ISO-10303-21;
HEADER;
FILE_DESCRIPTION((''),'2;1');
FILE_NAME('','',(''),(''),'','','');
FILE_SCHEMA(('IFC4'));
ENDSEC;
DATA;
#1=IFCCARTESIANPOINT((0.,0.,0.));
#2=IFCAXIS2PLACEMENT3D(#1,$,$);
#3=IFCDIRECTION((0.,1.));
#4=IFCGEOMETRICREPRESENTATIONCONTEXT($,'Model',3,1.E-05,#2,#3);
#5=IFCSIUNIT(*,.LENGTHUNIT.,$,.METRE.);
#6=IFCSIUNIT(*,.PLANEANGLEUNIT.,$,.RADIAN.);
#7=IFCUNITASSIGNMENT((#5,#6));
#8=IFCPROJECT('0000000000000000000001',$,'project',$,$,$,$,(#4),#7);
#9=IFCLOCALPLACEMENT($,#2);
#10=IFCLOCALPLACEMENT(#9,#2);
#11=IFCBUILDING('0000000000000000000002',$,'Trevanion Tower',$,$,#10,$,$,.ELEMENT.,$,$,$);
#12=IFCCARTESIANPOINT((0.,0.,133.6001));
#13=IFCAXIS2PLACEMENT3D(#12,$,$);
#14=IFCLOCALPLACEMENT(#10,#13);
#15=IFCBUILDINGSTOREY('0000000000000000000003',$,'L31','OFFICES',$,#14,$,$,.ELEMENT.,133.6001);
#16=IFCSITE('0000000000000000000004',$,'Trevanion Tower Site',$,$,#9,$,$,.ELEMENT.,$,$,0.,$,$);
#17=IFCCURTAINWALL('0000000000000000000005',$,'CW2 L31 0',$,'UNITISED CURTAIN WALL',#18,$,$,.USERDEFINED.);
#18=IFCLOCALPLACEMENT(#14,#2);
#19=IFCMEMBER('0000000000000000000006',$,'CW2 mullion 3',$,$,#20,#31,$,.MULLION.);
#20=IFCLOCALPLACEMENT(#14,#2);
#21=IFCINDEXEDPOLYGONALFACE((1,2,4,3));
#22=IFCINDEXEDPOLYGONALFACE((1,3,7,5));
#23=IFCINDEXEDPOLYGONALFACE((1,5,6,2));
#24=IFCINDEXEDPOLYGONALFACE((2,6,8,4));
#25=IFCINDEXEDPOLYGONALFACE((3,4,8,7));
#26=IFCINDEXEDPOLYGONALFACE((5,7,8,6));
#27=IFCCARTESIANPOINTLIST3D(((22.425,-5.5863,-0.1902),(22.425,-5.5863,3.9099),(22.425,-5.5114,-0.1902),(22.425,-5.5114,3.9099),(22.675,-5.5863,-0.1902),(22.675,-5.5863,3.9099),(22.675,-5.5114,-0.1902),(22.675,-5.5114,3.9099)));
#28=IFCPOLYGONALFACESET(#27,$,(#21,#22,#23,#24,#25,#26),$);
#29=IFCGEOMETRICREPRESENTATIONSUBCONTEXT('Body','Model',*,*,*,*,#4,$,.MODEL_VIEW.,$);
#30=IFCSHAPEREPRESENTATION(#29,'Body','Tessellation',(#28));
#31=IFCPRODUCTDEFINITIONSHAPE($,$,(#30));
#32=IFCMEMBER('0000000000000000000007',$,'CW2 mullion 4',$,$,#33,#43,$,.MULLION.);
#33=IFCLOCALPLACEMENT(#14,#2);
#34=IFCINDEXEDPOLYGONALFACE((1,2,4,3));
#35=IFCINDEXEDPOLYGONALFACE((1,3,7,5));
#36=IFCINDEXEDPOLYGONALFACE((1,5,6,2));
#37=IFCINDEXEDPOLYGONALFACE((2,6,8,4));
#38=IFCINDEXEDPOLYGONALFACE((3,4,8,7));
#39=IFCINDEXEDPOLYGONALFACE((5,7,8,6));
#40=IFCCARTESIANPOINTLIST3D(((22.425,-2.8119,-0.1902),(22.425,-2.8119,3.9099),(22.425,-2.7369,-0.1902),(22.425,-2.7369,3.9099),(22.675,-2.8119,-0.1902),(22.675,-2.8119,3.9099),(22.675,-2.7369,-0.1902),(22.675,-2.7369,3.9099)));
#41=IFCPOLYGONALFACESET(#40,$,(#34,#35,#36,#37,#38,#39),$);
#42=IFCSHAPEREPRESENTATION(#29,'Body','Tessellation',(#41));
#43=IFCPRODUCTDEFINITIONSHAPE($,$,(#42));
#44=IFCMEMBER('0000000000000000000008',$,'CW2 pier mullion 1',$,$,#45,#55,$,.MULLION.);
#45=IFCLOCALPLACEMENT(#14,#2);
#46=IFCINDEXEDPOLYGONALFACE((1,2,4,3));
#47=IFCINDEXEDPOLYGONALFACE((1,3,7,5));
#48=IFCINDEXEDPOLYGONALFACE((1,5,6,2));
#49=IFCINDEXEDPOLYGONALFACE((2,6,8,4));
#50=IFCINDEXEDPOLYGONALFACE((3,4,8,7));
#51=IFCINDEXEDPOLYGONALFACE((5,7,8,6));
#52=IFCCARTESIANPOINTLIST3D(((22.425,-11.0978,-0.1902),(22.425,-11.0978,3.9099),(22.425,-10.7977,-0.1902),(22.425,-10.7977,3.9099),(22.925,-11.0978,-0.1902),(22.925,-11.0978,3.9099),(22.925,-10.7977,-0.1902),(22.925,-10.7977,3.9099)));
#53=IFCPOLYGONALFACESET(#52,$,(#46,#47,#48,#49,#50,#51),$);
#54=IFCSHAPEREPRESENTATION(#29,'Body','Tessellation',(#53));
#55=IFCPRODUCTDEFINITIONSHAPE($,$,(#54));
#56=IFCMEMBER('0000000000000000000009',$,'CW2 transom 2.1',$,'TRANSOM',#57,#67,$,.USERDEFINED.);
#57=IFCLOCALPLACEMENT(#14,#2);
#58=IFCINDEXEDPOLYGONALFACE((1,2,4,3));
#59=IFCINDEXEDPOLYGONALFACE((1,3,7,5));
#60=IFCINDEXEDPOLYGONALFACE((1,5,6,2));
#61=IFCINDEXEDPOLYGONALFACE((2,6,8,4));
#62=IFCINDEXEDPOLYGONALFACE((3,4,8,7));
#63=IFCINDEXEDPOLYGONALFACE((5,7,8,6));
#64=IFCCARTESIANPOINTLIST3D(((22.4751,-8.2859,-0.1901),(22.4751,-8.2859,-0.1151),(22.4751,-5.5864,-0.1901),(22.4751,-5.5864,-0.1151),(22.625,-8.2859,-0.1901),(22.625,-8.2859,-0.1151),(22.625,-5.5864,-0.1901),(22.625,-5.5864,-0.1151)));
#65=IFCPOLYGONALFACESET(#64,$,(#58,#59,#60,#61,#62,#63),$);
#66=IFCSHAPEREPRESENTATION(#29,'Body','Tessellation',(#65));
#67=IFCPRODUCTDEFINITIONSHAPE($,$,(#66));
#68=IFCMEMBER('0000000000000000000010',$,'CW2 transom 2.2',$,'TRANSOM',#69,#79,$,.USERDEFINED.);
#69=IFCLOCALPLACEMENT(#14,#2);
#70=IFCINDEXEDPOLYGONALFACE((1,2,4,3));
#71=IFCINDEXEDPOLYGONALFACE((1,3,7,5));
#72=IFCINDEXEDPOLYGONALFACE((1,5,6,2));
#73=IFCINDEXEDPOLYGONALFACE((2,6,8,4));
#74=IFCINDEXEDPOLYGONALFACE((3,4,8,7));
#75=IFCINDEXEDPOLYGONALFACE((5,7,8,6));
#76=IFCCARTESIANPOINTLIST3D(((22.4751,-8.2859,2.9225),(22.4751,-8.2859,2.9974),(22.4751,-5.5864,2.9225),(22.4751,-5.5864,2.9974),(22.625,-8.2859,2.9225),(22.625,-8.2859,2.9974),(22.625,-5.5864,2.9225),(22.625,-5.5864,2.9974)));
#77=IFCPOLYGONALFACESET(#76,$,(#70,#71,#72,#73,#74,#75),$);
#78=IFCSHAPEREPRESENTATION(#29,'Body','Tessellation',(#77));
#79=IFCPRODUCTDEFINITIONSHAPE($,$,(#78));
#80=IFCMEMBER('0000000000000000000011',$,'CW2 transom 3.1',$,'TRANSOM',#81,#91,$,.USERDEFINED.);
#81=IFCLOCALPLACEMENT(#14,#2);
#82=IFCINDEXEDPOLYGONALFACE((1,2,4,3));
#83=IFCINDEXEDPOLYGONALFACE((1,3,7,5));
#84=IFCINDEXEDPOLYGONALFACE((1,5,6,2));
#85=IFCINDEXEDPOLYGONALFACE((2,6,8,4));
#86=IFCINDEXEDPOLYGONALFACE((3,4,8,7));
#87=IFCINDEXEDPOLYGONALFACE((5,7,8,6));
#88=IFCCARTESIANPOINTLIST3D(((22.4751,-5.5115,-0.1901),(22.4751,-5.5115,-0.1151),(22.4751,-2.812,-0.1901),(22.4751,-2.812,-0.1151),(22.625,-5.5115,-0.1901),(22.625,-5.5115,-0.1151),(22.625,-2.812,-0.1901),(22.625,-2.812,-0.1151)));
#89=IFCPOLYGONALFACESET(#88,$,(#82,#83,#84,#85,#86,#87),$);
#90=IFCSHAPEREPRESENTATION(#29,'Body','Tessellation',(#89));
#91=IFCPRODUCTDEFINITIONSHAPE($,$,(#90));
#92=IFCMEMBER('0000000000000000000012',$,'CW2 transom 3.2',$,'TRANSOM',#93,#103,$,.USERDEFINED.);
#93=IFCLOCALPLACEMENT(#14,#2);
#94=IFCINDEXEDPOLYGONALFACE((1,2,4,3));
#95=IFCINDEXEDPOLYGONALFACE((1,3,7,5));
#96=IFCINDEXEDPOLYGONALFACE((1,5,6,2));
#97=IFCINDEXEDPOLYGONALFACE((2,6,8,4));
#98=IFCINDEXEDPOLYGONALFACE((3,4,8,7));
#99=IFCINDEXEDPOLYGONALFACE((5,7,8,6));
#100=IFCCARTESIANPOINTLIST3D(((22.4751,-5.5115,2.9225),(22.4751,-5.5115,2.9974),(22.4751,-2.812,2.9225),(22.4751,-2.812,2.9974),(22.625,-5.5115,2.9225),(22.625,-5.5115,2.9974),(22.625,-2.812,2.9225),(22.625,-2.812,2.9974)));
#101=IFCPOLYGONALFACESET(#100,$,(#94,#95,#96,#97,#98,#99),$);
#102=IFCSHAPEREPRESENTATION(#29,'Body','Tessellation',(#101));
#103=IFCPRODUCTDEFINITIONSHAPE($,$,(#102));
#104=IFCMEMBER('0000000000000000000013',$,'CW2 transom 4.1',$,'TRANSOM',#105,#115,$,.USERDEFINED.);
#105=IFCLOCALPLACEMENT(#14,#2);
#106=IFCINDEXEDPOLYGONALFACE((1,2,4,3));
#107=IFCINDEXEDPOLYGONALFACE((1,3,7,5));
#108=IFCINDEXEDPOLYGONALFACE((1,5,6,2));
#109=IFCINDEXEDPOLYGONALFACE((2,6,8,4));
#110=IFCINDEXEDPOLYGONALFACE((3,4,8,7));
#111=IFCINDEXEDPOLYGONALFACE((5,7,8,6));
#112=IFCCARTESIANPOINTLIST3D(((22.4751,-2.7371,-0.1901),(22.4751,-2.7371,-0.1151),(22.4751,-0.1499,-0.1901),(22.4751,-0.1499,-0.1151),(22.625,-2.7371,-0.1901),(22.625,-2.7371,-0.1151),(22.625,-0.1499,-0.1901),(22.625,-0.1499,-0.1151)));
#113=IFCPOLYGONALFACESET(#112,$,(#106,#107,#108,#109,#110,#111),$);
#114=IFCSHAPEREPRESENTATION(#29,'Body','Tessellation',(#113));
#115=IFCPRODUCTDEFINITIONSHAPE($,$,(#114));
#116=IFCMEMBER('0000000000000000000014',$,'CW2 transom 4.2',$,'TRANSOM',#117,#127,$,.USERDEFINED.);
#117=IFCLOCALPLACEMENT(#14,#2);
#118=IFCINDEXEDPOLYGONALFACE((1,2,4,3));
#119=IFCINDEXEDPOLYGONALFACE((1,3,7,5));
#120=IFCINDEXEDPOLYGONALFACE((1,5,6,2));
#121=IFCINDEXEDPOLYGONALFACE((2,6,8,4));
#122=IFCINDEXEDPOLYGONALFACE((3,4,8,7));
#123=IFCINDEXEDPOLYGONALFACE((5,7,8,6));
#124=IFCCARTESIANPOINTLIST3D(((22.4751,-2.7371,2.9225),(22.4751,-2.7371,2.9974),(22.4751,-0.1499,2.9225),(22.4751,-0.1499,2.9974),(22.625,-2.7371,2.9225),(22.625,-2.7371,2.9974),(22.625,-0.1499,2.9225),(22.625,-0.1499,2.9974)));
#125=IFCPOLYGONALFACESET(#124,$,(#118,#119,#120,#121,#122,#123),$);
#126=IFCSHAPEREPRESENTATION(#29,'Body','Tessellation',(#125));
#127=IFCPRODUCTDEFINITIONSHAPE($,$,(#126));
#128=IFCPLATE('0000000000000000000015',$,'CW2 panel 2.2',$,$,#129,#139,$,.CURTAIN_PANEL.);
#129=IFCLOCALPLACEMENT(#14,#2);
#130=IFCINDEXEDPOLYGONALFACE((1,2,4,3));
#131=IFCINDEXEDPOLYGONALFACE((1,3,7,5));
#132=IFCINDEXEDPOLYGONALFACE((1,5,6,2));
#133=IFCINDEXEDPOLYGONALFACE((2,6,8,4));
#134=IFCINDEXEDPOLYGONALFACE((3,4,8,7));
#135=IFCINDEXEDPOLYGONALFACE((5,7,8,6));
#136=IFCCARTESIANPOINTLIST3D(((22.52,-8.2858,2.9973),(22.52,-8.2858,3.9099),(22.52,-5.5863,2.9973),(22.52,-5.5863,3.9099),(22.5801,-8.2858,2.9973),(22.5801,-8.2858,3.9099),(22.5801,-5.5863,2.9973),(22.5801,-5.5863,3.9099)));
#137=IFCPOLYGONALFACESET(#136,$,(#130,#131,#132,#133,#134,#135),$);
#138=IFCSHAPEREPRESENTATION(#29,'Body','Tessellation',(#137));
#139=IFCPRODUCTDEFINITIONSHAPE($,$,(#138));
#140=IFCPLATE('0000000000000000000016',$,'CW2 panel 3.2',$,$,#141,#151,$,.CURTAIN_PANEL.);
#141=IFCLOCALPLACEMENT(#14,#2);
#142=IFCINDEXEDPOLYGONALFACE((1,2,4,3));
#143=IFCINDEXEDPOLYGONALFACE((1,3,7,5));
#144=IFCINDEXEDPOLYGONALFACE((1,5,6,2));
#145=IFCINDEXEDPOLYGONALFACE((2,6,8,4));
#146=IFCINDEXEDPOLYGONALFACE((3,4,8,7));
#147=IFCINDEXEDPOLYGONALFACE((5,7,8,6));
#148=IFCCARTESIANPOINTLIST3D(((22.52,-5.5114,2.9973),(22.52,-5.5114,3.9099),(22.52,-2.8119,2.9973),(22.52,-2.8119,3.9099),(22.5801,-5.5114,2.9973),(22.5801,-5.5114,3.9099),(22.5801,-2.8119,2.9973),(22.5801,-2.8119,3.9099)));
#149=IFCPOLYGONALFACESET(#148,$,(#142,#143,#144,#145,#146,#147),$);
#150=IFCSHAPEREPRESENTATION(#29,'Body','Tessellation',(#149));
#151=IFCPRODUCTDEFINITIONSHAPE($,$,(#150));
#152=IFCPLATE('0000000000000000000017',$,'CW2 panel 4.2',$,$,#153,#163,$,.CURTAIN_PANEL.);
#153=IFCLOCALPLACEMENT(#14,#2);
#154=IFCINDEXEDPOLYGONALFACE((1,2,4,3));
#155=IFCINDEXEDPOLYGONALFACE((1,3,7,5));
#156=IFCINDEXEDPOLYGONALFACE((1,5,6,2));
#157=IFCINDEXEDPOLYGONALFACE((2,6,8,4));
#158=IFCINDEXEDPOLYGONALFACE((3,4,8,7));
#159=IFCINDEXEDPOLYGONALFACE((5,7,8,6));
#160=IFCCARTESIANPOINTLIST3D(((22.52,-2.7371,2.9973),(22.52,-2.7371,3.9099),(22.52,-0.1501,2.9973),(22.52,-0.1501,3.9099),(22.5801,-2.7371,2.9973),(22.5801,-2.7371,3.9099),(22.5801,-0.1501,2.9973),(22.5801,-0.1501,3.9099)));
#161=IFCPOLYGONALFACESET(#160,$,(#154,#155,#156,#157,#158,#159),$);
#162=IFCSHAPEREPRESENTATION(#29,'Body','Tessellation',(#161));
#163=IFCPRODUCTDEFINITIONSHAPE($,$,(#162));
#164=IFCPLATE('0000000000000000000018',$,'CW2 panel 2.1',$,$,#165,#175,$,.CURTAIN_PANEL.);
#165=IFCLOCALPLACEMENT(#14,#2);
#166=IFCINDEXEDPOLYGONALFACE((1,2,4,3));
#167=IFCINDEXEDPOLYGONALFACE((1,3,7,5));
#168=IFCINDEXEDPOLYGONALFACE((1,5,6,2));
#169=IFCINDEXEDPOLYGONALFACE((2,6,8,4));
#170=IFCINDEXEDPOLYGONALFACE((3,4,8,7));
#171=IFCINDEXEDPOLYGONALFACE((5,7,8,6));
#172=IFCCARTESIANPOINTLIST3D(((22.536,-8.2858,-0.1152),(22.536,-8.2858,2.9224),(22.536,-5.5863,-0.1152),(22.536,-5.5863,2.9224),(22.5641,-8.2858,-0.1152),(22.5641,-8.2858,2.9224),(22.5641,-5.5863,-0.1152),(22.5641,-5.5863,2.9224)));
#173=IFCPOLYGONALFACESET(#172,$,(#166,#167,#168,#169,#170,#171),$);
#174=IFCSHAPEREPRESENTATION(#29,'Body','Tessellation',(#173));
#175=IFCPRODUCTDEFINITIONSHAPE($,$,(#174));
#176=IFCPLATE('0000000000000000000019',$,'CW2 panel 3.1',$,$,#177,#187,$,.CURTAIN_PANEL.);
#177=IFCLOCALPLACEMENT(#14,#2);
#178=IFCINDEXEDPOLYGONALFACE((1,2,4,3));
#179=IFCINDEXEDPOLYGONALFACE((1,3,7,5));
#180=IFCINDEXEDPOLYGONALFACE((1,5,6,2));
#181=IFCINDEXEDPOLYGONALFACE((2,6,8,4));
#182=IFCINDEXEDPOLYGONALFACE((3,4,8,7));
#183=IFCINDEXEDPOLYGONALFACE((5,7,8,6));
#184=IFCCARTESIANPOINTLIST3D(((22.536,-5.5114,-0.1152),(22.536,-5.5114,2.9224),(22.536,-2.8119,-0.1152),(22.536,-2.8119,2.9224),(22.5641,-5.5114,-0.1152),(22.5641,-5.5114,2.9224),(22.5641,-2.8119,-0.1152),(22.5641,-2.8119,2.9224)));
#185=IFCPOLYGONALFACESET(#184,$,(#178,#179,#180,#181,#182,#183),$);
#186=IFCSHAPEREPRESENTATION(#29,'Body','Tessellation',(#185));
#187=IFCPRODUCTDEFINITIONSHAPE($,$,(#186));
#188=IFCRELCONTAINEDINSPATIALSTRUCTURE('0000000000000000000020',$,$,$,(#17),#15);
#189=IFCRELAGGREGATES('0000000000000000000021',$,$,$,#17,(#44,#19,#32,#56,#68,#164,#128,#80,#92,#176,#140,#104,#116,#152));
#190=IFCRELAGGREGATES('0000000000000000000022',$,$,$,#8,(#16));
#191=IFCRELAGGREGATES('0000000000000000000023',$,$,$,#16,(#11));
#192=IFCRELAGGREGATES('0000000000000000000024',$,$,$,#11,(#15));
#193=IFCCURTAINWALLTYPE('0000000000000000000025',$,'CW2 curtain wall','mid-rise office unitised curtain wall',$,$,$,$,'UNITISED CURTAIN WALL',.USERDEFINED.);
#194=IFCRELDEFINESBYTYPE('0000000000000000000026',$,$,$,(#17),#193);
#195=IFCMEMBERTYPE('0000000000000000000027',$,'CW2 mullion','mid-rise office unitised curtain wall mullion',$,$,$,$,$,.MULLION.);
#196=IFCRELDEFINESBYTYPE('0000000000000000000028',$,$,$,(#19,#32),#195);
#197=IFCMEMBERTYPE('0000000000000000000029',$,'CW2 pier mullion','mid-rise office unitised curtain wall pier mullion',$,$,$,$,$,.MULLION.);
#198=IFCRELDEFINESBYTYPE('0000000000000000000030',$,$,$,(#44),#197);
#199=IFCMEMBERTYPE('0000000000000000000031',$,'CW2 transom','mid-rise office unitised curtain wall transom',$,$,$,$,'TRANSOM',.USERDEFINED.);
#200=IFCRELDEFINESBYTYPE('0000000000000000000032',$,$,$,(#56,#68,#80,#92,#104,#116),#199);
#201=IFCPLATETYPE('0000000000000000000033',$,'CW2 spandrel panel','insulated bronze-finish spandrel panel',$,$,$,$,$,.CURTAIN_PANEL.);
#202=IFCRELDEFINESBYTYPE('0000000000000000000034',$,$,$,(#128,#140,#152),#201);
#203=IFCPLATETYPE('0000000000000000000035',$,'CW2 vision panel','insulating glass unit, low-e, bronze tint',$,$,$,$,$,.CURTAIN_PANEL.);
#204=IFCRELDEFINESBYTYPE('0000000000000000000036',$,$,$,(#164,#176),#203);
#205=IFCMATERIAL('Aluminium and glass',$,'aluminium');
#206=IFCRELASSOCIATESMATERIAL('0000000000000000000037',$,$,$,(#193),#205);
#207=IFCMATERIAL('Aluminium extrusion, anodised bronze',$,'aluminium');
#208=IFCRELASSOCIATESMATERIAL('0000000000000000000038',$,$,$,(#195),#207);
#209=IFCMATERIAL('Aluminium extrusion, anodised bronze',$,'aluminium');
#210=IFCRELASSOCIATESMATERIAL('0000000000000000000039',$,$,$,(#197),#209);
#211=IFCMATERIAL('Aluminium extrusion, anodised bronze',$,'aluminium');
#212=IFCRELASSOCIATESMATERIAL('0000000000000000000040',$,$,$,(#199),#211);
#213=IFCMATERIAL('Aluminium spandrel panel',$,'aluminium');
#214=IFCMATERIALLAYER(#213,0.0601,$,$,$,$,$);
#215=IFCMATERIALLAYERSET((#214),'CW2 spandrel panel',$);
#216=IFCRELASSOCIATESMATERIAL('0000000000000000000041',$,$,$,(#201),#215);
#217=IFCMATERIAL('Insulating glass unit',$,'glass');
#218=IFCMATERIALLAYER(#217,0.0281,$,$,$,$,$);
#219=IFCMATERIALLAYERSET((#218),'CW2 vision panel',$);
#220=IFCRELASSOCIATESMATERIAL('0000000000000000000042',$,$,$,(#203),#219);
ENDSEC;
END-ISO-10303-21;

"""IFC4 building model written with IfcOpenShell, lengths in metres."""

from ifc_helpers import new_model, si_unit, direction, frame, origin, origin_2d, place, context, subcontext, project, spatial, rectangle, extrude, material, layer, layer_set, material_profile, profile_set, type_object, element, aggregate, save


model = new_model("IFC4")

# Units and contexts
model_context = context("Model", 3, precision=1e-05, world=origin(), true_north=direction((0.0, 1.0)))
body_context = subcontext(model_context, "Body", "Model", "MODEL_VIEW")
ifc_project = project(units=[si_unit("LENGTHUNIT", "METRE"), si_unit("PLANEANGLEUNIT", "RADIAN")], contexts=[model_context])

# Site, building, storey
site_placement = place(None, origin())
site = spatial("IfcSite", under=ifc_project, at=site_placement, Name="Trevanion Tower Site", CompositionType="ELEMENT", RefElevation=0.0)
building_placement = place(site_placement, origin())
building = spatial("IfcBuilding", under=site, at=building_placement, Name="Trevanion Tower", CompositionType="ELEMENT")
storey_placement = place(building_placement, frame((0.0, 0.0, 133.6001)))
storey = spatial("IfcBuildingStorey", under=building, at=storey_placement, Name="L31", Description="OFFICES", CompositionType="ELEMENT", Elevation=133.6001)

# Curtain wall, members, plates
ifc_material_1 = material(Name="Aluminium and glass", Category="aluminium")
curtain_wall_type = type_object("IfcCurtainWallType", Name="CW2 curtain wall", Description="mid-rise office unitised curtain wall", ElementType="UNITISED CURTAIN WALL", PredefinedType="USERDEFINED", material=ifc_material_1)
curtain_wall_placement = place(storey_placement, origin())
curtain_wall = element("IfcCurtainWall", 1, at=curtain_wall_placement, inside=storey, type_object=curtain_wall_type, Name="CW2 L31 0", ObjectType="UNITISED CURTAIN WALL", PredefinedType="USERDEFINED")
ifc_material_2 = material(Name="Aluminium extrusion, anodised bronze", Category="aluminium")
ifc_material_profile_1 = material_profile(ifc_material_2, rectangle(XDim=0.075, YDim=0.25, at=origin_2d()), Name="CW2 mullion")
ifc_profile_set_1 = profile_set([ifc_material_profile_1], Name="Aluminium extrusion, anodised bronze")
member_type_1 = type_object("IfcMemberType", Name="CW2 mullion", Description="mid-rise office unitised curtain wall mullion", PredefinedType="MULLION", material=ifc_profile_set_1)
member_1_placement = place(storey_placement, frame((22.55, -5.5488, -0.1902), z_axis=(0.0, 0.0, 1.0), x_axis=(0.0, 1.0, 0.0)))
member_1 = element("IfcMember", 2, at=member_1_placement, type_object=member_type_1, Name="CW2 mullion 3", PredefinedType="MULLION", context=body_context, shape_type="SweptSolid", body=[
    extrude(rectangle(XDim=0.075, YDim=0.25, at=origin_2d()), origin(), (0.0, 0.0, 1.0), 4.1001),
])
member_2_placement = place(storey_placement, frame((22.55, -2.7744, -0.1902), z_axis=(0.0, 0.0, 1.0), x_axis=(0.0, 1.0, 0.0)))
member_2 = element("IfcMember", 3, at=member_2_placement, type_object=member_type_1, Name="CW2 mullion 4", PredefinedType="MULLION", context=body_context, shape_type="SweptSolid", body=[
    extrude(rectangle(XDim=0.075, YDim=0.25, at=origin_2d()), origin(), (0.0, 0.0, 1.0), 4.1001),
])
ifc_material_3 = material(Name="Aluminium extrusion, anodised bronze", Category="aluminium")
ifc_material_profile_2 = material_profile(ifc_material_3, rectangle(XDim=0.3, YDim=0.5, at=origin_2d()), Name="CW2 pier mullion")
ifc_profile_set_2 = profile_set([ifc_material_profile_2], Name="Aluminium extrusion, anodised bronze")
member_type_2 = type_object("IfcMemberType", Name="CW2 pier mullion", Description="mid-rise office unitised curtain wall pier mullion", PredefinedType="MULLION", material=ifc_profile_set_2)
member_3_placement = place(storey_placement, frame((22.675, -10.9478, -0.1902), z_axis=(0.0, 0.0, 1.0), x_axis=(0.0, 1.0, 0.0)))
member_3 = element("IfcMember", 4, at=member_3_placement, type_object=member_type_2, Name="CW2 pier mullion 1", PredefinedType="MULLION", context=body_context, shape_type="SweptSolid", body=[
    extrude(rectangle(XDim=0.3, YDim=0.5, at=origin_2d()), origin(), (0.0, 0.0, 1.0), 4.1001),
])
ifc_material_4 = material(Name="Aluminium extrusion, anodised bronze", Category="aluminium")
ifc_material_profile_3 = material_profile(ifc_material_4, rectangle(XDim=0.1499, YDim=0.075, at=origin_2d()), Name="CW2 transom")
ifc_profile_set_3 = profile_set([ifc_material_profile_3], Name="Aluminium extrusion, anodised bronze")
member_type_3 = type_object("IfcMemberType", Name="CW2 transom", Description="mid-rise office unitised curtain wall transom", ElementType="TRANSOM", PredefinedType="USERDEFINED", material=ifc_profile_set_3)
member_4_placement = place(storey_placement, frame((22.55, -8.2859, -0.1526), z_axis=(0.0, 1.0, 0.0), x_axis=(-1.0, 0.0, 0.0)))
member_4 = element("IfcMember", 5, at=member_4_placement, type_object=member_type_3, Name="CW2 transom 2.1", ObjectType="TRANSOM", PredefinedType="USERDEFINED", context=body_context, shape_type="SweptSolid", body=[
    extrude(rectangle(XDim=0.1499, YDim=0.075, at=origin_2d()), origin(), (0.0, 0.0, 1.0), 2.6995),
])
member_5_placement = place(storey_placement, frame((22.55, -8.2859, 2.96), z_axis=(0.0, 1.0, 0.0), x_axis=(-1.0, 0.0, 0.0)))
member_5 = element("IfcMember", 6, at=member_5_placement, type_object=member_type_3, Name="CW2 transom 2.2", ObjectType="TRANSOM", PredefinedType="USERDEFINED", context=body_context, shape_type="SweptSolid", body=[
    extrude(rectangle(XDim=0.1499, YDim=0.075, at=origin_2d()), origin(), (0.0, 0.0, 1.0), 2.6995),
])
member_6_placement = place(storey_placement, frame((22.55, -5.5115, -0.1526), z_axis=(0.0, 1.0, 0.0), x_axis=(-1.0, 0.0, 0.0)))
member_6 = element("IfcMember", 7, at=member_6_placement, type_object=member_type_3, Name="CW2 transom 3.1", ObjectType="TRANSOM", PredefinedType="USERDEFINED", context=body_context, shape_type="SweptSolid", body=[
    extrude(rectangle(XDim=0.1499, YDim=0.075, at=origin_2d()), origin(), (0.0, 0.0, 1.0), 2.6995),
])
member_7_placement = place(storey_placement, frame((22.55, -5.5115, 2.96), z_axis=(0.0, 1.0, 0.0), x_axis=(-1.0, 0.0, 0.0)))
member_7 = element("IfcMember", 8, at=member_7_placement, type_object=member_type_3, Name="CW2 transom 3.2", ObjectType="TRANSOM", PredefinedType="USERDEFINED", context=body_context, shape_type="SweptSolid", body=[
    extrude(rectangle(XDim=0.1499, YDim=0.075, at=origin_2d()), origin(), (0.0, 0.0, 1.0), 2.6995),
])
member_8_placement = place(storey_placement, frame((22.55, -2.7371, -0.1526), z_axis=(0.0, 1.0, 0.0), x_axis=(-1.0, 0.0, 0.0)))
member_8 = element("IfcMember", 9, at=member_8_placement, type_object=member_type_3, Name="CW2 transom 4.1", ObjectType="TRANSOM", PredefinedType="USERDEFINED", context=body_context, shape_type="SweptSolid", body=[
    extrude(rectangle(XDim=0.1499, YDim=0.075, at=origin_2d()), origin(), (0.0, 0.0, 1.0), 2.5872),
])
member_9_placement = place(storey_placement, frame((22.55, -2.7371, 2.96), z_axis=(0.0, 1.0, 0.0), x_axis=(-1.0, 0.0, 0.0)))
member_9 = element("IfcMember", 10, at=member_9_placement, type_object=member_type_3, Name="CW2 transom 4.2", ObjectType="TRANSOM", PredefinedType="USERDEFINED", context=body_context, shape_type="SweptSolid", body=[
    extrude(rectangle(XDim=0.1499, YDim=0.075, at=origin_2d()), origin(), (0.0, 0.0, 1.0), 2.5872),
])
ifc_material_5 = material(Name="Aluminium spandrel panel", Category="aluminium")
ifc_layer_1 = layer(ifc_material_5, 0.0601)
ifc_layer_set_1 = layer_set([ifc_layer_1], Name="CW2 spandrel panel")
plate_type_1 = type_object("IfcPlateType", Name="CW2 spandrel panel", Description="insulated bronze-finish spandrel panel", PredefinedType="CURTAIN_PANEL", material=ifc_layer_set_1)
plate_1_placement = place(storey_placement, frame((22.55, -6.936, 2.9973), z_axis=(0.0, 0.0, 1.0), x_axis=(0.0, 1.0, 0.0)))
plate_1 = element("IfcPlate", 11, at=plate_1_placement, type_object=plate_type_1, Name="CW2 panel 2.2", PredefinedType="CURTAIN_PANEL", context=body_context, shape_type="SweptSolid", body=[
    extrude(rectangle(XDim=2.6995, YDim=0.0601, at=origin_2d()), origin(), (0.0, 0.0, 1.0), 0.9126),
])
plate_2_placement = place(storey_placement, frame((22.55, -4.1616, 2.9973), z_axis=(0.0, 0.0, 1.0), x_axis=(0.0, 1.0, 0.0)))
plate_2 = element("IfcPlate", 12, at=plate_2_placement, type_object=plate_type_1, Name="CW2 panel 3.2", PredefinedType="CURTAIN_PANEL", context=body_context, shape_type="SweptSolid", body=[
    extrude(rectangle(XDim=2.6995, YDim=0.0601, at=origin_2d()), origin(), (0.0, 0.0, 1.0), 0.9126),
])
plate_3_placement = place(storey_placement, frame((22.55, -1.4436, 2.9973), z_axis=(0.0, 0.0, 1.0), x_axis=(0.0, 1.0, 0.0)))
plate_3 = element("IfcPlate", 13, at=plate_3_placement, type_object=plate_type_1, Name="CW2 panel 4.2", PredefinedType="CURTAIN_PANEL", context=body_context, shape_type="SweptSolid", body=[
    extrude(rectangle(XDim=2.5869, YDim=0.0601, at=origin_2d()), origin(), (0.0, 0.0, 1.0), 0.9126),
])
ifc_material_6 = material(Name="Insulating glass unit", Category="glass")
ifc_layer_2 = layer(ifc_material_6, 0.0281)
ifc_layer_set_2 = layer_set([ifc_layer_2], Name="CW2 vision panel")
plate_type_2 = type_object("IfcPlateType", Name="CW2 vision panel", Description="insulating glass unit, low-e, bronze tint", PredefinedType="CURTAIN_PANEL", material=ifc_layer_set_2)
plate_4_placement = place(storey_placement, frame((22.55, -6.936, -0.1152), z_axis=(0.0, 0.0, 1.0), x_axis=(0.0, 1.0, 0.0)))
plate_4 = element("IfcPlate", 14, at=plate_4_placement, type_object=plate_type_2, Name="CW2 panel 2.1", PredefinedType="CURTAIN_PANEL", context=body_context, shape_type="SweptSolid", body=[
    extrude(rectangle(XDim=2.6995, YDim=0.0281, at=origin_2d()), origin(), (0.0, 0.0, 1.0), 3.0376),
])
plate_5_placement = place(storey_placement, frame((22.55, -4.1616, -0.1152), z_axis=(0.0, 0.0, 1.0), x_axis=(0.0, 1.0, 0.0)))
plate_5 = element("IfcPlate", 15, at=plate_5_placement, type_object=plate_type_2, Name="CW2 panel 3.1", PredefinedType="CURTAIN_PANEL", context=body_context, shape_type="SweptSolid", body=[
    extrude(rectangle(XDim=2.6995, YDim=0.0281, at=origin_2d()), origin(), (0.0, 0.0, 1.0), 3.0376),
])
aggregate(curtain_wall, [member_3, member_1, member_2, member_4, member_5, plate_4, plate_1, member_6, member_7, plate_5, plate_2, member_8, member_9, plate_3])

save(model, "model.ifc")
